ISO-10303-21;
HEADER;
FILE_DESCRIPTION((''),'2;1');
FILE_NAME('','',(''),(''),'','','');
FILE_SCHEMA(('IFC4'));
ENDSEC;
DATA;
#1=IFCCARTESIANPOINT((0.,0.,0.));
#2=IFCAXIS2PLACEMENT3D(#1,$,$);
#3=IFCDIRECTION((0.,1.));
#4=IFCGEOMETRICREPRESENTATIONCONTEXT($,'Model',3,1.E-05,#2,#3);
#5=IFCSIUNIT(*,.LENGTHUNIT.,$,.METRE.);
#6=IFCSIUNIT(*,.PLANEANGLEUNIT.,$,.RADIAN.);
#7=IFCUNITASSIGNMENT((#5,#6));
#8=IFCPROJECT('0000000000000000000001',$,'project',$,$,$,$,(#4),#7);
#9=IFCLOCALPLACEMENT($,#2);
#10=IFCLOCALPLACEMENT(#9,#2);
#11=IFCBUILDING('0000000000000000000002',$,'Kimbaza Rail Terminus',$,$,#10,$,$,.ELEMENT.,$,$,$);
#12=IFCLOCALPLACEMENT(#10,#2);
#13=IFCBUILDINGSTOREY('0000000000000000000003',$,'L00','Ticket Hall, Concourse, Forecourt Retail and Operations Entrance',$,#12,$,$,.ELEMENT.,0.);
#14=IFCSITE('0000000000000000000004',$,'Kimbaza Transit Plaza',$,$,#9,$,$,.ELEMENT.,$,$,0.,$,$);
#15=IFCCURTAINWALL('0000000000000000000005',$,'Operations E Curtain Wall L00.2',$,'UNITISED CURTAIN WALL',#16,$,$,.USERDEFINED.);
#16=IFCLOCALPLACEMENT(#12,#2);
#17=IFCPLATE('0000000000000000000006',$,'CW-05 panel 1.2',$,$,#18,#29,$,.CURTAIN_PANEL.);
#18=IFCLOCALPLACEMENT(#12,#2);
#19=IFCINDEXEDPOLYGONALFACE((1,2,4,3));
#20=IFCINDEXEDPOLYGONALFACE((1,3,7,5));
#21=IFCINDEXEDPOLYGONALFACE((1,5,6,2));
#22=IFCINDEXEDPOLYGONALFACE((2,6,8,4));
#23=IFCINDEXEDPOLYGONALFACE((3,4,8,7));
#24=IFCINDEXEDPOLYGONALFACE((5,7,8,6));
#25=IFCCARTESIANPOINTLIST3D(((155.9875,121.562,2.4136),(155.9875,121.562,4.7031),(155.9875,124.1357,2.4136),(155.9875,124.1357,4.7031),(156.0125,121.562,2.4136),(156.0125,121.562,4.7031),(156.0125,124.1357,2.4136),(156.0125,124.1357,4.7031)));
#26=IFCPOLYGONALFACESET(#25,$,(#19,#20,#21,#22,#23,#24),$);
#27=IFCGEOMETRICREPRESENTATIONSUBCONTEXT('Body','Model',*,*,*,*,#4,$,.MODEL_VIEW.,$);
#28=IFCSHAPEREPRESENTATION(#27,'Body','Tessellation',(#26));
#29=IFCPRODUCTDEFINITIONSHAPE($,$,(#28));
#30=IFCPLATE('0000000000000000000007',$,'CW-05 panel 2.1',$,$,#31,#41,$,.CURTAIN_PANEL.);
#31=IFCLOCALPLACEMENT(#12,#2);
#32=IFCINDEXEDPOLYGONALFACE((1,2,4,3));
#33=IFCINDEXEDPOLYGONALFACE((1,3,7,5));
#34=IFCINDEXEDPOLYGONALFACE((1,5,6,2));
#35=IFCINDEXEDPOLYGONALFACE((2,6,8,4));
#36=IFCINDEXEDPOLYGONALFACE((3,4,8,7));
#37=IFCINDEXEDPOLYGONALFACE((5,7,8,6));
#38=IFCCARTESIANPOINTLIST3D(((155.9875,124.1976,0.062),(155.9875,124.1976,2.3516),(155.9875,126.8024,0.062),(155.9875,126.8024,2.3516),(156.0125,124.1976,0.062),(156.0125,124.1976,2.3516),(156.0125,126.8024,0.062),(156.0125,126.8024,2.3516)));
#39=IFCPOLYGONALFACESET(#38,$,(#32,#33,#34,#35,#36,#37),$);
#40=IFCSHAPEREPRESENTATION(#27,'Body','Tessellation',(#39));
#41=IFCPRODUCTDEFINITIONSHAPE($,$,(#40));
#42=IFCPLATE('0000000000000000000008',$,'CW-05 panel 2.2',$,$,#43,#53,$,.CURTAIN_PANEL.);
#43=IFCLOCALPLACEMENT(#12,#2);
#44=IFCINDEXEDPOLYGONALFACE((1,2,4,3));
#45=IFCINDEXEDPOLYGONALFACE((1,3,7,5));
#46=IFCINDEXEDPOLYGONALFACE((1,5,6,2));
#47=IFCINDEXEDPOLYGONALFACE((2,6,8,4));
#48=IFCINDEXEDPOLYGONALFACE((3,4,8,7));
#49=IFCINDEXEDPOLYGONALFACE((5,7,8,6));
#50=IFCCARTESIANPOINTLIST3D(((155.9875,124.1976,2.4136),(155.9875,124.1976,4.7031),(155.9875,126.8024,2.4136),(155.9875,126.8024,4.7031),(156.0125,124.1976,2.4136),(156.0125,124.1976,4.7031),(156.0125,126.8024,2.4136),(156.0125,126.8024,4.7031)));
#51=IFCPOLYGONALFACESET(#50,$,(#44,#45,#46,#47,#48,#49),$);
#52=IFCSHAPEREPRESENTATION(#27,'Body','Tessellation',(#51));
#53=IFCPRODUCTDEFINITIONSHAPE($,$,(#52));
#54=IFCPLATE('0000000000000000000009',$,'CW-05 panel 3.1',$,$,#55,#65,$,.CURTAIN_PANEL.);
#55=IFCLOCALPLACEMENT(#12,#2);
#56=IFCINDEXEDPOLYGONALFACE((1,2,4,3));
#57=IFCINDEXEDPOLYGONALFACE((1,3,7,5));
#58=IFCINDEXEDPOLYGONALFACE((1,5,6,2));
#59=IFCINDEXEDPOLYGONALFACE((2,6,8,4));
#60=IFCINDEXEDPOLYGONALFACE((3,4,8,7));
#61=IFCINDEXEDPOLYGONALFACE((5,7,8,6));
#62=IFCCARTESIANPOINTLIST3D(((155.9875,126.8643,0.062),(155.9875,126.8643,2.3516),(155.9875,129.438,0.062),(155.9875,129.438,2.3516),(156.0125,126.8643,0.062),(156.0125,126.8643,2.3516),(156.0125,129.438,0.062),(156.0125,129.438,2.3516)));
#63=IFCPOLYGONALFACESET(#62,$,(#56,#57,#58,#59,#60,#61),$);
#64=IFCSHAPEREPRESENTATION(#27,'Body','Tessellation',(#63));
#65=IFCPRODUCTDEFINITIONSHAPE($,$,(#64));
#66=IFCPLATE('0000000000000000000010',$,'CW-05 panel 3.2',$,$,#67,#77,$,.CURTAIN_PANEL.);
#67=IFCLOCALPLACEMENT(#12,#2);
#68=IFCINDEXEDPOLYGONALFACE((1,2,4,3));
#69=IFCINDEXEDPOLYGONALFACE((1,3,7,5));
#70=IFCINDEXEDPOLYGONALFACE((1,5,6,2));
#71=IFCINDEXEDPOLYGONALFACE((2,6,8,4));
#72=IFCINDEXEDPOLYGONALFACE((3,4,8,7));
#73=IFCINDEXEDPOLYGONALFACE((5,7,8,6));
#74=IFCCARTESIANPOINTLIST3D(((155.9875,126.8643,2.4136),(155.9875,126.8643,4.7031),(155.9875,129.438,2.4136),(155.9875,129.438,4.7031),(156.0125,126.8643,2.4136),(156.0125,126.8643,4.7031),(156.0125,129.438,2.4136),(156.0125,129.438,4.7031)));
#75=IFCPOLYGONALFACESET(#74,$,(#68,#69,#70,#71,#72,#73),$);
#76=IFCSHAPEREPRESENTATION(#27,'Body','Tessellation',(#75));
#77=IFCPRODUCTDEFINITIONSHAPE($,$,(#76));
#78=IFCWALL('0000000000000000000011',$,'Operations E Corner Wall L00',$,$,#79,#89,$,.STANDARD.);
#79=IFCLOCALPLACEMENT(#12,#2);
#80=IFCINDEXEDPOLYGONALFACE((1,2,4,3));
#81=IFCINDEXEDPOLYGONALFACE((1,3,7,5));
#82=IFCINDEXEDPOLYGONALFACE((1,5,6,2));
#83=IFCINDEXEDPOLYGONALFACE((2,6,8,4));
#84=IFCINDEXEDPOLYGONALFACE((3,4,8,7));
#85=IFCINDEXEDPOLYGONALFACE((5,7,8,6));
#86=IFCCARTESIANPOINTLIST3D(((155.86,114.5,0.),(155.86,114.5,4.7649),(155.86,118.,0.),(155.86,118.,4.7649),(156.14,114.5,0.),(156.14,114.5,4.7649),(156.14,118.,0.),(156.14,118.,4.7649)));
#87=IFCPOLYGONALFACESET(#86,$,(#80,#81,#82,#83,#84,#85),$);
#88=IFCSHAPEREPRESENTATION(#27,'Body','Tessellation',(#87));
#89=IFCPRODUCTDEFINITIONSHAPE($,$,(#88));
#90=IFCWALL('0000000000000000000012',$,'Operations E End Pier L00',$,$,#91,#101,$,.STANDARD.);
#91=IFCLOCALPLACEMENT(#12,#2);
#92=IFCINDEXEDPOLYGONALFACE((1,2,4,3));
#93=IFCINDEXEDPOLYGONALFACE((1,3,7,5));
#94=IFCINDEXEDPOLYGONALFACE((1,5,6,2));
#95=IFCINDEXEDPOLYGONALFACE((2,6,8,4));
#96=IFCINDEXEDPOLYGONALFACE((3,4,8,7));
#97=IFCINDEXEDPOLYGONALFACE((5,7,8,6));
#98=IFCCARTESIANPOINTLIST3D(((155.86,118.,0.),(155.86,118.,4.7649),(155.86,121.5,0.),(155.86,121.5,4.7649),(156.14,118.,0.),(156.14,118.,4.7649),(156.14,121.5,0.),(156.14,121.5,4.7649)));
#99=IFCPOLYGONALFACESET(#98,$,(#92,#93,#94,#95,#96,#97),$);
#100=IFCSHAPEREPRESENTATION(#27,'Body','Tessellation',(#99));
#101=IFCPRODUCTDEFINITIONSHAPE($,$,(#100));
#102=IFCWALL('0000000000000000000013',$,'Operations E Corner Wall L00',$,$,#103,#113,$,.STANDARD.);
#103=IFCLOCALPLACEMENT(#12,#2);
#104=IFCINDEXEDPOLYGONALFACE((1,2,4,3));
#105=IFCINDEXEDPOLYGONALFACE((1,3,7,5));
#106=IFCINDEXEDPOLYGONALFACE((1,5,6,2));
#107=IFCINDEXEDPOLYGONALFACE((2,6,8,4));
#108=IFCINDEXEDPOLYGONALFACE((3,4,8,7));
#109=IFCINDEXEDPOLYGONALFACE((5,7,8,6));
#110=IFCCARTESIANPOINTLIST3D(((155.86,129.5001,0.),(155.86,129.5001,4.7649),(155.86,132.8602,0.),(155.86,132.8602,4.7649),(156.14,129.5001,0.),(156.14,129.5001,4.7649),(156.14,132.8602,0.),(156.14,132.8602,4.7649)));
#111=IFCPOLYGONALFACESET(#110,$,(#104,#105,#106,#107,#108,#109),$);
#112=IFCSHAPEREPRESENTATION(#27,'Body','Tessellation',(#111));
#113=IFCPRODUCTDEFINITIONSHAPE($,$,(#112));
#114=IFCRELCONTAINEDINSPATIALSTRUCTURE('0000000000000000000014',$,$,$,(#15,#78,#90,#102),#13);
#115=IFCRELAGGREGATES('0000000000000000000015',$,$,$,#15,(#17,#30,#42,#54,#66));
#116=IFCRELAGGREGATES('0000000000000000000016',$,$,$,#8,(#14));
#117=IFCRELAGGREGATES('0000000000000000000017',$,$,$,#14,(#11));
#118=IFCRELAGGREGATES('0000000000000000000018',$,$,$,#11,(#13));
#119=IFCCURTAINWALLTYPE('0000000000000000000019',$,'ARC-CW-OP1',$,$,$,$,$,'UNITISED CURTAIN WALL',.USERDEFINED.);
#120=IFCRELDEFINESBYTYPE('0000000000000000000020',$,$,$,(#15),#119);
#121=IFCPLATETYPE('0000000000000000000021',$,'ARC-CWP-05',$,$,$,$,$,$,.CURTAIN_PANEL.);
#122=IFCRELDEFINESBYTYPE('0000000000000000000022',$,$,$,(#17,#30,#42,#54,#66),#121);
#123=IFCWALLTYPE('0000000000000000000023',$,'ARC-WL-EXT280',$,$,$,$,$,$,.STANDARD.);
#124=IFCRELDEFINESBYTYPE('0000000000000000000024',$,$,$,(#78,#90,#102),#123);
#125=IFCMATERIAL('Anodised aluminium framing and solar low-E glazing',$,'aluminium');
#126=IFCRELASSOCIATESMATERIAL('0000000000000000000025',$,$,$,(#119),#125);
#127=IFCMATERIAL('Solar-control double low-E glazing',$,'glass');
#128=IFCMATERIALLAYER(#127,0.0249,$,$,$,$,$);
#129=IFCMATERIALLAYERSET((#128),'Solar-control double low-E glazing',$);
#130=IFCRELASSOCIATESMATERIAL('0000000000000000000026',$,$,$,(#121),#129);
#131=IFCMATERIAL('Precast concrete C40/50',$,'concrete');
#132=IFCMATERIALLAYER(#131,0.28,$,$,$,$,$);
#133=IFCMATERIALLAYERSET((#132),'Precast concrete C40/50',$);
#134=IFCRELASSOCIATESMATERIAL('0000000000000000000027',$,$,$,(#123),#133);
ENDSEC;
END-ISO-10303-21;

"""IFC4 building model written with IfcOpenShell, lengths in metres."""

from ifc_helpers import new_model, si_unit, direction, frame, frame_2d, origin, origin_2d, place, context, subcontext, project, spatial, rectangle, extrude, material, layer, layer_set, type_object, element, aggregate, save


model = new_model("IFC4")

# Units and contexts
model_context = context("Model", 3, precision=1e-05, world=origin(), true_north=direction((0.0, 1.0)))
body_context = subcontext(model_context, "Body", "Model", "MODEL_VIEW")
ifc_project = project(units=[si_unit("LENGTHUNIT", "METRE"), si_unit("PLANEANGLEUNIT", "RADIAN")], contexts=[model_context])

# Site, building, storey
site_placement = place(None, origin())
site = spatial("IfcSite", under=ifc_project, at=site_placement, Name="Kimbaza Transit Plaza", CompositionType="ELEMENT", RefElevation=0.0)
building_placement = place(site_placement, origin())
building = spatial("IfcBuilding", under=site, at=building_placement, Name="Kimbaza Rail Terminus", CompositionType="ELEMENT")
storey_placement = place(building_placement, origin())
storey = spatial("IfcBuildingStorey", under=building, at=storey_placement, Name="L00", Description="Ticket Hall, Concourse, Forecourt Retail and Operations Entrance", CompositionType="ELEMENT", Elevation=0.0)

# Shared definitions
ifc_material_1 = material(Name="Anodised aluminium framing and solar low-E glazing", Category="aluminium")
curtain_wall_type = type_object("IfcCurtainWallType", Name="ARC-CW-OP1", ElementType="UNITISED CURTAIN WALL", PredefinedType="USERDEFINED", material=ifc_material_1)

# Curtain wall
curtain_wall_1_placement = place(storey_placement, origin())
curtain_wall_1 = element("IfcCurtainWall", 1, at=curtain_wall_1_placement, inside=storey, type_object=curtain_wall_type, Name="Operations E Curtain Wall L00.2", ObjectType="UNITISED CURTAIN WALL", PredefinedType="USERDEFINED")

# Plates
ifc_material_2 = material(Name="Solar-control double low-E glazing", Category="glass")
ifc_layer_1 = layer(ifc_material_2, 0.0249)
ifc_layer_set_1 = layer_set([ifc_layer_1], Name="Solar-control double low-E glazing")
plate_type = type_object("IfcPlateType", Name="ARC-CWP-05", PredefinedType="CURTAIN_PANEL", material=ifc_layer_set_1)
plate_1_placement = place(storey_placement, frame((156.0, 122.8489, 2.4136), z_axis=(0.0, 0.0, 1.0), x_axis=(0.0, 1.0, 0.0)))
plate_1 = element("IfcPlate", 2, at=plate_1_placement, type_object=plate_type, Name="CW-05 panel 1.2", PredefinedType="CURTAIN_PANEL", context=body_context, shape_type="SweptSolid", body=[
    extrude(rectangle(XDim=2.5737, YDim=0.0249, at=origin_2d()), origin(), (0.0, 0.0, 1.0), 2.2896),
])
plate_2_placement = place(storey_placement, frame((156.0, 125.5, 0.062), z_axis=(0.0, 0.0, 1.0), x_axis=(0.0, 1.0, 0.0)))
plate_2 = element("IfcPlate", 3, at=plate_2_placement, type_object=plate_type, Name="CW-05 panel 2.1", PredefinedType="CURTAIN_PANEL", context=body_context, shape_type="SweptSolid", body=[
    extrude(rectangle(XDim=2.6047, YDim=0.0249, at=origin_2d()), origin(), (0.0, 0.0, 1.0), 2.2896),
])
plate_3_placement = place(storey_placement, frame((156.0, 125.5, 2.4136), z_axis=(0.0, 0.0, 1.0), x_axis=(0.0, 1.0, 0.0)))
plate_3 = element("IfcPlate", 4, at=plate_3_placement, type_object=plate_type, Name="CW-05 panel 2.2", PredefinedType="CURTAIN_PANEL", context=body_context, shape_type="SweptSolid", body=[
    extrude(rectangle(XDim=2.6047, YDim=0.0249, at=origin_2d()), origin(), (0.0, 0.0, 1.0), 2.2896),
])
plate_4_placement = place(storey_placement, frame((156.0, 128.1511, 0.062), z_axis=(0.0, 0.0, 1.0), x_axis=(0.0, 1.0, 0.0)))
plate_4 = element("IfcPlate", 5, at=plate_4_placement, type_object=plate_type, Name="CW-05 panel 3.1", PredefinedType="CURTAIN_PANEL", context=body_context, shape_type="SweptSolid", body=[
    extrude(rectangle(XDim=2.5737, YDim=0.0249, at=origin_2d()), origin(), (0.0, 0.0, 1.0), 2.2896),
])
plate_5_placement = place(storey_placement, frame((156.0, 128.1511, 2.4136), z_axis=(0.0, 0.0, 1.0), x_axis=(0.0, 1.0, 0.0)))
plate_5 = element("IfcPlate", 6, at=plate_5_placement, type_object=plate_type, Name="CW-05 panel 3.2", PredefinedType="CURTAIN_PANEL", context=body_context, shape_type="SweptSolid", body=[
    extrude(rectangle(XDim=2.5737, YDim=0.0249, at=origin_2d()), origin(), (0.0, 0.0, 1.0), 2.2896),
])
aggregate(curtain_wall_1, [plate_1, plate_2, plate_3, plate_4, plate_5])

# Walls
ifc_material_3 = material(Name="Precast concrete C40/50", Category="concrete")
ifc_layer_2 = layer(ifc_material_3, 0.28)
ifc_layer_set_2 = layer_set([ifc_layer_2], Name="Precast concrete C40/50")
wall_type = type_object("IfcWallType", Name="ARC-WL-EXT280", PredefinedType="STANDARD", material=ifc_layer_set_2)
for number, where, z_axis, x_axis, name in (
    (7, (156.0, 114.5, 0.0), (0.0, 0.0, 1.0), (0.0, 1.0, 0.0), "Operations E Corner Wall L00"),
    (8, (156.0, 118.0, 0.0), (0.0, 0.0, 1.0), (0.0, 1.0, 0.0), "Operations E End Pier L00"),
):
    element("IfcWall", number, at=place(storey_placement, frame(where, z_axis=z_axis, x_axis=x_axis)), inside=storey, type_object=wall_type, Name=name, PredefinedType="STANDARD", context=body_context, shape_type="SweptSolid", body=[
        extrude(rectangle(XDim=3.5, YDim=0.28, at=frame_2d((1.75, 0.0))), origin(), (0.0, 0.0, 1.0), 4.7649),
    ])
wall_placement = place(storey_placement, frame((156.0, 129.5, 0.0), z_axis=(0.0, 0.0, 1.0), x_axis=(0.0, 1.0, 0.0)))
element("IfcWall", 9, at=wall_placement, inside=storey, type_object=wall_type, Name="Operations E Corner Wall L00", PredefinedType="STANDARD", context=body_context, shape_type="SweptSolid", body=[
    extrude(rectangle(XDim=3.3601, YDim=0.28, at=frame_2d((1.6802, 0.0))), origin(), (0.0, 0.0, 1.0), 4.7649),
])

save(model, "model.ifc")
